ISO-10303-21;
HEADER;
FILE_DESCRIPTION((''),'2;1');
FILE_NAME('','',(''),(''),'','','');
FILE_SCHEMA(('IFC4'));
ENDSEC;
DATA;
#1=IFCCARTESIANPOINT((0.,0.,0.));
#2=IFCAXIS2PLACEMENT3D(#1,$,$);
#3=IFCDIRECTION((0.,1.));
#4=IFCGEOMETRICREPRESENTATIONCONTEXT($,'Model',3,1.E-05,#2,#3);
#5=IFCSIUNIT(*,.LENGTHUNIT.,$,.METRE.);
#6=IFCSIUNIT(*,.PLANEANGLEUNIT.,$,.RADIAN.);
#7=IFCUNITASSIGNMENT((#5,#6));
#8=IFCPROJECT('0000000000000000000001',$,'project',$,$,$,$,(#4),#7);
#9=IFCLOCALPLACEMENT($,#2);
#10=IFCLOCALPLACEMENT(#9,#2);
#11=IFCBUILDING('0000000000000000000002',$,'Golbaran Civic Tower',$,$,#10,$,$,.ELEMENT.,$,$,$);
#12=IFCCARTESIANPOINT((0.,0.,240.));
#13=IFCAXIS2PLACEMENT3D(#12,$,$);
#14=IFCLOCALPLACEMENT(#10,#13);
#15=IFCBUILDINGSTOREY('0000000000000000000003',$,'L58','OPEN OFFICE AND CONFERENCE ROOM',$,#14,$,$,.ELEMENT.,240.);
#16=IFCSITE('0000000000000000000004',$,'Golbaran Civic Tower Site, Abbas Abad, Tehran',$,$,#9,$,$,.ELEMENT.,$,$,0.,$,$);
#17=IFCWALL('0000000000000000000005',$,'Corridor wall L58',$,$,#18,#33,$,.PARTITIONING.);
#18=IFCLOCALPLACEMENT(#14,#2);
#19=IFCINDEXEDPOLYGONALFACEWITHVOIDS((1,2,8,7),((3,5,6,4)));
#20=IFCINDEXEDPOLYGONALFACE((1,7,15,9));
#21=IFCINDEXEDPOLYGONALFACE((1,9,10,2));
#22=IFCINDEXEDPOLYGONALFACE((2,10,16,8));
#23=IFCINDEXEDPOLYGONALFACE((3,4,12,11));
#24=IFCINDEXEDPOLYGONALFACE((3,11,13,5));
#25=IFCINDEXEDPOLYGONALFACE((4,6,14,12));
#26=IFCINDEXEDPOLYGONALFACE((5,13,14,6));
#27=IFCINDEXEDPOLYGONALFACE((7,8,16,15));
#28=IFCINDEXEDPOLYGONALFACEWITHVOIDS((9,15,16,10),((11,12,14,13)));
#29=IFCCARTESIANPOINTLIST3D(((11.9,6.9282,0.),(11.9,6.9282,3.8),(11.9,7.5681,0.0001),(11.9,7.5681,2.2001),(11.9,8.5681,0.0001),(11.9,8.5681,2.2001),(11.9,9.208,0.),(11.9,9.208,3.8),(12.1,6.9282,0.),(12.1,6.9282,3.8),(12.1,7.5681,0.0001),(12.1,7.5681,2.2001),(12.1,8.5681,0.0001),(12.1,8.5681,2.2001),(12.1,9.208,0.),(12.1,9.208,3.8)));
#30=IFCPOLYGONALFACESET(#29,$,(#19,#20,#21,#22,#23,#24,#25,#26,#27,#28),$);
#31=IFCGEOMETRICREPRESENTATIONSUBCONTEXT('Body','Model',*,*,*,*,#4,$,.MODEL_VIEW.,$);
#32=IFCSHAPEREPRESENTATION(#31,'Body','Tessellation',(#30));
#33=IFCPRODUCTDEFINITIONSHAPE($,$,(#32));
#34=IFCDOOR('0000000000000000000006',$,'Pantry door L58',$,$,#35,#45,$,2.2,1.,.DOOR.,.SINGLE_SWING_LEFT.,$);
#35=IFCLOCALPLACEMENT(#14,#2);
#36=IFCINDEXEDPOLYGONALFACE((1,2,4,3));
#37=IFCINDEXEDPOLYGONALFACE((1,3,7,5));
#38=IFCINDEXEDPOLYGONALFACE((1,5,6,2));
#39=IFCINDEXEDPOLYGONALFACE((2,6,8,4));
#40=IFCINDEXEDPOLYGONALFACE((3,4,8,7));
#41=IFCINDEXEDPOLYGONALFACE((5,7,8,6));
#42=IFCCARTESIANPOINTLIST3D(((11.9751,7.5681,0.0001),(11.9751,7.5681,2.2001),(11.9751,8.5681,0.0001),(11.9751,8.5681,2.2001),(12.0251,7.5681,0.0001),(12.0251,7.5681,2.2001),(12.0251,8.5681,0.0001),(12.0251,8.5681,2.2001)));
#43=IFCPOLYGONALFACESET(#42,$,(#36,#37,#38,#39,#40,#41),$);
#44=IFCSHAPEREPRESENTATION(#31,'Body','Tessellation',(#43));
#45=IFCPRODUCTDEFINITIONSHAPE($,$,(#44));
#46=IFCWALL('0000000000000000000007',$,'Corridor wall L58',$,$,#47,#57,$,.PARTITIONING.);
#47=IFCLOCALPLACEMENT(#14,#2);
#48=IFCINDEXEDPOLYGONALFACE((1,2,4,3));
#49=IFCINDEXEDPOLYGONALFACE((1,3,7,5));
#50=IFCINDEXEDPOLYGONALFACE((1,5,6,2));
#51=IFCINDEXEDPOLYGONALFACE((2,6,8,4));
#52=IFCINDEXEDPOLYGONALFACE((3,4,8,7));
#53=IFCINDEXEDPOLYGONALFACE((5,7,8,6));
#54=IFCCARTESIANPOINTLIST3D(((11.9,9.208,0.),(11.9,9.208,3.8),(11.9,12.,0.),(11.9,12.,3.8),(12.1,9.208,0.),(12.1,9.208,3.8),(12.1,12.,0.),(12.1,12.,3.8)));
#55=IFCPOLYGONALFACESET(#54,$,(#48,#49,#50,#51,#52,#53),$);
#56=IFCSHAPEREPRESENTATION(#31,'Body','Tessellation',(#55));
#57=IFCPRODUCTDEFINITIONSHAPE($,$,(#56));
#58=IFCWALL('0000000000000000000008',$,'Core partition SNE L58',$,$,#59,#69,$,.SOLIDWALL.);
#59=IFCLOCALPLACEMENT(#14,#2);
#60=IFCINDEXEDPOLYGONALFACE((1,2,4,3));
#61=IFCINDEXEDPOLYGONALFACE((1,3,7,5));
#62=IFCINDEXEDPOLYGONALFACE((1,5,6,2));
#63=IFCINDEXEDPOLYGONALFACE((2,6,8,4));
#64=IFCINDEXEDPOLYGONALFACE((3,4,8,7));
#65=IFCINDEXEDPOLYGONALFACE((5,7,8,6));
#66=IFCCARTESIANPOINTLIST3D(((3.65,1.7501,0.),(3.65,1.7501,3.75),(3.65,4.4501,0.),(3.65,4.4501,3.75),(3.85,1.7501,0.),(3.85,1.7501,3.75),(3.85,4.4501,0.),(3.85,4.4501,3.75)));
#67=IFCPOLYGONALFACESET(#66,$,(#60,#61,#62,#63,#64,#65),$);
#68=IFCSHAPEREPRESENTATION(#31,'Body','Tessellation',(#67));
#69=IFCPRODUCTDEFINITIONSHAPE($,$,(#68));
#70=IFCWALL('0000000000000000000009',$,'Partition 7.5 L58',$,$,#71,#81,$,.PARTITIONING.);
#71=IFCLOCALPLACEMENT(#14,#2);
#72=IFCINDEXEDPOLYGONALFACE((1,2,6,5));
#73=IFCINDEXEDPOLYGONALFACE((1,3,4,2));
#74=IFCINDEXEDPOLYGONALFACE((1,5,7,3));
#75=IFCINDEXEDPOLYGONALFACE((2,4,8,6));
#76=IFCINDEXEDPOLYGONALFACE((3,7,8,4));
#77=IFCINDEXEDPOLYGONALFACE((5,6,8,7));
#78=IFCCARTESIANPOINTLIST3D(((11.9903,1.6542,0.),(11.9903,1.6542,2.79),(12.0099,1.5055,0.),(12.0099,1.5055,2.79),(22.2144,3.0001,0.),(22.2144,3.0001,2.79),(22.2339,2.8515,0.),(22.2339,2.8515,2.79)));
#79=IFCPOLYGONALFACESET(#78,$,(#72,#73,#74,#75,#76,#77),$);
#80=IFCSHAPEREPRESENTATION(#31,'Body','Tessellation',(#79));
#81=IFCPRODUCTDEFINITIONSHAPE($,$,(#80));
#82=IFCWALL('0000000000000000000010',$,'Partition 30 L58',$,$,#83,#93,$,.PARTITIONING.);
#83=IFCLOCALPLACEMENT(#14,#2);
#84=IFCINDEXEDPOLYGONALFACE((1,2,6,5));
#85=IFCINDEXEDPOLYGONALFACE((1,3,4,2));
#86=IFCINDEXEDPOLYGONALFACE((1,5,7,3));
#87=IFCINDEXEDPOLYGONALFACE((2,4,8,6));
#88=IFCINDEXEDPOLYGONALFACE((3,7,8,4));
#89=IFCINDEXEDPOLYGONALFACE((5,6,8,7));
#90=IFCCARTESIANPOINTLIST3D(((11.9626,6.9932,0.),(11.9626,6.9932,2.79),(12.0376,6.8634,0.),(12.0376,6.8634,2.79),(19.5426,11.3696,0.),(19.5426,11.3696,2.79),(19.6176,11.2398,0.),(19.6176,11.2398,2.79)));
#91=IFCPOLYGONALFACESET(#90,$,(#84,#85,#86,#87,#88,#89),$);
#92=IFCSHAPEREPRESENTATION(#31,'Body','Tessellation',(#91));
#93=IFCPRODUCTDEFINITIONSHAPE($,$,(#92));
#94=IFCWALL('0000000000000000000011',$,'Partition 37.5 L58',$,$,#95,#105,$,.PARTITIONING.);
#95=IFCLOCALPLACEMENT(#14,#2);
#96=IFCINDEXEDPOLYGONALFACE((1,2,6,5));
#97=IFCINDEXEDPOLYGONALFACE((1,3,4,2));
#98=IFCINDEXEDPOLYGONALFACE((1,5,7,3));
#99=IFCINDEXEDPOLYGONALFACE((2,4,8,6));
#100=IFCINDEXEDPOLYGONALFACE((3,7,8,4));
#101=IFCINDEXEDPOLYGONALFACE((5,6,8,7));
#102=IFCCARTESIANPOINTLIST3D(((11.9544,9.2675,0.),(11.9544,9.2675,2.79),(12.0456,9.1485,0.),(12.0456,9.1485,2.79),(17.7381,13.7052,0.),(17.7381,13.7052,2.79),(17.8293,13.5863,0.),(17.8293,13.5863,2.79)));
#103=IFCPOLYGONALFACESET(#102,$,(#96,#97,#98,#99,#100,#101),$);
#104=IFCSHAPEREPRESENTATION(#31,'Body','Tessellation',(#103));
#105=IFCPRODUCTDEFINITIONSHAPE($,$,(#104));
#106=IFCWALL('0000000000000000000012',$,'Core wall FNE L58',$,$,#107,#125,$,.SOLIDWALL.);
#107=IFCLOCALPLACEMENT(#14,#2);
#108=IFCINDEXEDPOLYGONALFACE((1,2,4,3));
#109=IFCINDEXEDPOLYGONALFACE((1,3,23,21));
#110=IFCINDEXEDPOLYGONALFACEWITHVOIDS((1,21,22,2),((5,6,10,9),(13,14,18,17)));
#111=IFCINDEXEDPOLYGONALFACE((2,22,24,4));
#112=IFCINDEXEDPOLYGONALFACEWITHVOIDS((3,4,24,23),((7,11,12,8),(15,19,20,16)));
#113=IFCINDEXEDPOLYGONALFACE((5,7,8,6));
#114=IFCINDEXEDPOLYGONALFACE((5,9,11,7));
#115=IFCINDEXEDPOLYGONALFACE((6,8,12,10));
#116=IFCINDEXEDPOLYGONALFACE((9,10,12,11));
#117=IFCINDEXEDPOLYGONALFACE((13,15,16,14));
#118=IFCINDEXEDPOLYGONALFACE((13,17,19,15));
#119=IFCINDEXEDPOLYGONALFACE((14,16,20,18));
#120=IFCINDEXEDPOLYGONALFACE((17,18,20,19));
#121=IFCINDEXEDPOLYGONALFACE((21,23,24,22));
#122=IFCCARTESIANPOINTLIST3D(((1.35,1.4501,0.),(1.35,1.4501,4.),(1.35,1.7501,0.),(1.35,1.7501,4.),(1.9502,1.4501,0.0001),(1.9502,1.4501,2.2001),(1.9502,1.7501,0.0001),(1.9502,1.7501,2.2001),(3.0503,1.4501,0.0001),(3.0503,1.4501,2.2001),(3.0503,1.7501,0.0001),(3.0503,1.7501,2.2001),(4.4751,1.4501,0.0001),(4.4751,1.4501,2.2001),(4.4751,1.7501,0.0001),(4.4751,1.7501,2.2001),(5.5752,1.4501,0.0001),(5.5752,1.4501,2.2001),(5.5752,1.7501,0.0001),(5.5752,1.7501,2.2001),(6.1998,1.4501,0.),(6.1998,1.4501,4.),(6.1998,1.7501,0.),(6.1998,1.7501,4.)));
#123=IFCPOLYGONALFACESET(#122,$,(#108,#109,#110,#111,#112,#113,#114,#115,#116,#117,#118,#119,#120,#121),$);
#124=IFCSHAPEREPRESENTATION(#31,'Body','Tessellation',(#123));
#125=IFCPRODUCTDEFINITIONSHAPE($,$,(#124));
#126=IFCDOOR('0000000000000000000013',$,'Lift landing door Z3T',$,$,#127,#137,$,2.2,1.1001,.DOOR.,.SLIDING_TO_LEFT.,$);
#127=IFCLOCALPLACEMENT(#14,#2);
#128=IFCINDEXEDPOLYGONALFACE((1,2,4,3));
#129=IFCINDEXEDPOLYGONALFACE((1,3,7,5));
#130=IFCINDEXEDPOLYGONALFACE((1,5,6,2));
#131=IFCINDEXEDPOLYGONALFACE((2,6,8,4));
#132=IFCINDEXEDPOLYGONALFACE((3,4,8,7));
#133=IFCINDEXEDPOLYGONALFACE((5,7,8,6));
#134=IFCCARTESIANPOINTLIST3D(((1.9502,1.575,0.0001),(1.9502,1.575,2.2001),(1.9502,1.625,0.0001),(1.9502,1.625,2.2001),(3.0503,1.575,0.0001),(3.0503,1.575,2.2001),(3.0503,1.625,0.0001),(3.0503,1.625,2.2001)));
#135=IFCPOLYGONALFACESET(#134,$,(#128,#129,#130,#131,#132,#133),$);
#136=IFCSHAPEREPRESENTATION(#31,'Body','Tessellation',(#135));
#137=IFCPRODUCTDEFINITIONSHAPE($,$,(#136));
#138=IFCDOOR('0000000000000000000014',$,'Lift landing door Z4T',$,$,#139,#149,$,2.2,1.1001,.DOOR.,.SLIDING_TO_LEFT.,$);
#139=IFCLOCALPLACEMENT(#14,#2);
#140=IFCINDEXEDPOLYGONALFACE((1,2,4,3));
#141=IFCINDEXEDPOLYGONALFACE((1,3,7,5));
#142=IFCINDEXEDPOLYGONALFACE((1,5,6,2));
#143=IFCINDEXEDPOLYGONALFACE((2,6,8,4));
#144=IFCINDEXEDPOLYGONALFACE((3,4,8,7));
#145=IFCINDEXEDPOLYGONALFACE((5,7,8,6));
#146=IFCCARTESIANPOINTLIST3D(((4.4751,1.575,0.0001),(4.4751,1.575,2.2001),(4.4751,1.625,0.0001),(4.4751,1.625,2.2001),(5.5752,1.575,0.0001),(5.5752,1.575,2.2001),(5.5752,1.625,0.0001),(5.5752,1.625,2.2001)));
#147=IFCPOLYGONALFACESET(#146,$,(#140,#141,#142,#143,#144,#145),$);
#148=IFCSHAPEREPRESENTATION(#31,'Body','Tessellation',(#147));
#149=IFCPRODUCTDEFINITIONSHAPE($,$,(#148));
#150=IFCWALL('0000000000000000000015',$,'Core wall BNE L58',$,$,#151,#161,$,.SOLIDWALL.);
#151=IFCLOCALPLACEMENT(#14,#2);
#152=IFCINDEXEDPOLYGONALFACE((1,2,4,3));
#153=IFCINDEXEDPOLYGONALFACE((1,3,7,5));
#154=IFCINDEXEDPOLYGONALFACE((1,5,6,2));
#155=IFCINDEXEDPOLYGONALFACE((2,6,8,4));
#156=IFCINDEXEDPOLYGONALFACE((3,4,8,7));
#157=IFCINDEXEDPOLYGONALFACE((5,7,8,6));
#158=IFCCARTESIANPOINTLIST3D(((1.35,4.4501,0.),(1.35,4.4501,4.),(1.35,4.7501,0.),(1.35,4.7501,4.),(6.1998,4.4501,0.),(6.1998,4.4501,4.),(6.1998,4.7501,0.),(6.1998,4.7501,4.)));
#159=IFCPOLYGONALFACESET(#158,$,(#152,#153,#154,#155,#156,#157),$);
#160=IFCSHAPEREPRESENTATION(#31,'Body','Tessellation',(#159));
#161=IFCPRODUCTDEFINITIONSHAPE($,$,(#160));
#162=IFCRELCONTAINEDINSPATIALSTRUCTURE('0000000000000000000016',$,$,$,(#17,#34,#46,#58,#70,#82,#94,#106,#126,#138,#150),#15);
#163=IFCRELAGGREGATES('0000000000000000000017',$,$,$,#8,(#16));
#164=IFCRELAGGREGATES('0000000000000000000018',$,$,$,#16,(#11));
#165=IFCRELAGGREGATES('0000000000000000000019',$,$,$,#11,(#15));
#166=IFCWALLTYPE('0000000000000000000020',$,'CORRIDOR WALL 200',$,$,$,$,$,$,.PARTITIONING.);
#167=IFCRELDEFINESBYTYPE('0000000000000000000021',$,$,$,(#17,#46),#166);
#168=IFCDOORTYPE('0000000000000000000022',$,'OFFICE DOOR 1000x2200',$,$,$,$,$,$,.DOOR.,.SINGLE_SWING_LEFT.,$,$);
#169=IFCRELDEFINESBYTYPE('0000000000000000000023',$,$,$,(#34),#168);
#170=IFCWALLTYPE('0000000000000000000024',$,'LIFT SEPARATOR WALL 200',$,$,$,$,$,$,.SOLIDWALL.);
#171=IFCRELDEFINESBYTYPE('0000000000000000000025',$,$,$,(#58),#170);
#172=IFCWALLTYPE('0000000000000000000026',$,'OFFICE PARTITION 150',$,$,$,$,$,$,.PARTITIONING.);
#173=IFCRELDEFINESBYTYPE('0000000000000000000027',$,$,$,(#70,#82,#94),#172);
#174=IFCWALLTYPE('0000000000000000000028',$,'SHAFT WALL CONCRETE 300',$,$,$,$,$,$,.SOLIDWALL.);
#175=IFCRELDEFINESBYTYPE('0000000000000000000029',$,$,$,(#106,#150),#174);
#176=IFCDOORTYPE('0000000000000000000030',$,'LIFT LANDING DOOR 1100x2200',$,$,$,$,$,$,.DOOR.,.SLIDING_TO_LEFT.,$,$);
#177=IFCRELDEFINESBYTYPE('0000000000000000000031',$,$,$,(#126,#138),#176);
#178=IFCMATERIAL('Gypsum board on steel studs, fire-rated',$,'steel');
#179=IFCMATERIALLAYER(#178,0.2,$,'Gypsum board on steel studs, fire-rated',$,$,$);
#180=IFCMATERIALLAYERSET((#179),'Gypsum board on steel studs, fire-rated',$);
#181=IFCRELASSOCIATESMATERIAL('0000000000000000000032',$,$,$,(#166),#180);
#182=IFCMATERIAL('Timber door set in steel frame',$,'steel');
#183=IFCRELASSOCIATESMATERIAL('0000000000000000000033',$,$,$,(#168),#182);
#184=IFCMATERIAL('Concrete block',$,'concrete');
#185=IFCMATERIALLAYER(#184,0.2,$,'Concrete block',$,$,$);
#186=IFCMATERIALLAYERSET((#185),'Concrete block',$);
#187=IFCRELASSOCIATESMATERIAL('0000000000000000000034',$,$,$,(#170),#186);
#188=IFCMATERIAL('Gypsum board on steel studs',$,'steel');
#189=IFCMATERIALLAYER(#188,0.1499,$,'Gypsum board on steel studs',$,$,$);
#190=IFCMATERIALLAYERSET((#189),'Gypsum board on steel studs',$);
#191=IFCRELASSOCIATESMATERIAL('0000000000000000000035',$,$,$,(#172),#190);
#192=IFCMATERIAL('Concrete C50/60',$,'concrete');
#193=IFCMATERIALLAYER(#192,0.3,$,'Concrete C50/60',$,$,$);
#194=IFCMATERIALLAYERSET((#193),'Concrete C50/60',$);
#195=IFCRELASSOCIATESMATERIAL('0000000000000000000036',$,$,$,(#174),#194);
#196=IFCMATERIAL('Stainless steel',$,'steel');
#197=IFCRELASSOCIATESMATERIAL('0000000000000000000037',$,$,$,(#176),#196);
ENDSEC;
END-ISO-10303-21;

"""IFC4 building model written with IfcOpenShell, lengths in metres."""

from ifc_helpers import new_model, si_unit, direction, frame, frame_2d, origin, place, context, subcontext, project, spatial, rectangle, extrude, material, layer, layer_set, type_object, element, fill, save


model = new_model("IFC4")

# Units and contexts
model_context = context("Model", 3, precision=1e-05, world=origin(), true_north=direction((0.0, 1.0)))
body_context = subcontext(model_context, "Body", "Model", "MODEL_VIEW")
ifc_project = project(units=[si_unit("LENGTHUNIT", "METRE"), si_unit("PLANEANGLEUNIT", "RADIAN")], contexts=[model_context])

# Site, building, storey
site_placement = place(None, origin())
site = spatial("IfcSite", under=ifc_project, at=site_placement, Name="Golbaran Civic Tower Site, Abbas Abad, Tehran", CompositionType="ELEMENT", RefElevation=0.0)
building_placement = place(site_placement, origin())
building = spatial("IfcBuilding", under=site, at=building_placement, Name="Golbaran Civic Tower", CompositionType="ELEMENT")
storey_placement = place(building_placement, frame((0.0, 0.0, 240.0)))
storey = spatial("IfcBuildingStorey", under=building, at=storey_placement, Name="L58", Description="OPEN OFFICE AND CONFERENCE ROOM", CompositionType="ELEMENT", Elevation=240.0)

# Shared definitions
ifc_material_1 = material(Name="Concrete block", Category="concrete")
ifc_material_2 = material(Name="Timber door set in steel frame", Category="steel")

# Wall, opening, door
ifc_material_3 = material(Name="Concrete C50/60", Category="concrete")
ifc_material_4 = material(Name="Gypsum board on steel studs, fire-rated", Category="steel")
ifc_layer_1 = layer(ifc_material_4, 0.2, Name="Gypsum board on steel studs, fire-rated")
ifc_layer_set_1 = layer_set([ifc_layer_1], Name="Gypsum board on steel studs, fire-rated")
wall_type_1 = type_object("IfcWallType", Name="CORRIDOR WALL 200", PredefinedType="PARTITIONING", material=ifc_layer_set_1)
wall_1_placement = place(storey_placement, frame((12.0, 6.9282, 0.0), z_axis=(0.0, 0.0, 1.0), x_axis=(0.0, 1.0, 0.0)))
wall_1 = element("IfcWall", 1, at=wall_1_placement, inside=storey, type_object=wall_type_1, Name="Corridor wall L58", PredefinedType="PARTITIONING", context=body_context, shape_type="SweptSolid", body=[
    extrude(rectangle(XDim=2.2798, YDim=0.2, at=frame_2d((1.1399, 0.0))), origin(), (0.0, 0.0, 1.0), 3.8),
])
opening_1_placement = place(wall_1_placement, frame((0.6399, 0.0, 0.0)))
opening_1 = element("IfcOpeningElement", 2, at=opening_1_placement, cuts=wall_1, PredefinedType="OPENING", context=body_context, shape_type="SweptSolid", body=[
    extrude(rectangle(XDim=1.0, YDim=2.2, at=frame_2d((0.5, 1.1001))), frame((0.0, 0.1099, 0.0), z_axis=(0.0, -1.0, 0.0), x_axis=(1.0, 0.0, 0.0)), (0.0, 0.0, 1.0), 0.22),
])
door_type_1 = type_object("IfcDoorType", Name="OFFICE DOOR 1000x2200", OperationType="SINGLE_SWING_LEFT", PredefinedType="DOOR", material=ifc_material_2)
door_1_placement = place(opening_1_placement, origin())
door_1 = element("IfcDoor", 3, at=door_1_placement, inside=storey, type_object=door_type_1, Name="Pantry door L58", OperationType="SINGLE_SWING_LEFT", OverallHeight=2.2, OverallWidth=1.0, PredefinedType="DOOR", context=body_context, shape_type="SweptSolid", body=[
    extrude(rectangle(XDim=1.0, YDim=2.2, at=frame_2d((0.5, 1.1001))), frame((0.0, 0.0249, 0.0), z_axis=(0.0, -1.0, 0.0), x_axis=(1.0, 0.0, 0.0)), (0.0, 0.0, 1.0), 0.05),
])
fill(opening_1, door_1)

# Walls
wall_2_placement = place(storey_placement, frame((12.0, 9.208, 0.0), z_axis=(0.0, 0.0, 1.0), x_axis=(0.0, 1.0, 0.0)))
element("IfcWall", 4, at=wall_2_placement, inside=storey, type_object=wall_type_1, Name="Corridor wall L58", PredefinedType="PARTITIONING", context=body_context, shape_type="SweptSolid", body=[
    extrude(rectangle(XDim=2.792, YDim=0.2, at=frame_2d((1.396, 0.0))), origin(), (0.0, 0.0, 1.0), 3.8),
])
ifc_layer_2 = layer(ifc_material_1, 0.2, Name="Concrete block")
ifc_layer_set_2 = layer_set([ifc_layer_2], Name="Concrete block")
wall_type_2 = type_object("IfcWallType", Name="LIFT SEPARATOR WALL 200", PredefinedType="SOLIDWALL", material=ifc_layer_set_2)
wall_3_placement = place(storey_placement, frame((3.75, 1.75, 0.0), z_axis=(0.0, 0.0, 1.0), x_axis=(0.0, 1.0, 0.0)))
element("IfcWall", 5, at=wall_3_placement, inside=storey, type_object=wall_type_2, Name="Core partition SNE L58", PredefinedType="SOLIDWALL", context=body_context, shape_type="SweptSolid", body=[
    extrude(rectangle(XDim=2.7, YDim=0.2, at=frame_2d((1.3501, 0.0))), origin(), (0.0, 0.0, 1.0), 3.75),
])
ifc_material_5 = material(Name="Gypsum board on steel studs", Category="steel")
ifc_layer_3 = layer(ifc_material_5, 0.1499, Name="Gypsum board on steel studs")
ifc_layer_set_3 = layer_set([ifc_layer_3], Name="Gypsum board on steel studs")
wall_type_3 = type_object("IfcWallType", Name="OFFICE PARTITION 150", PredefinedType="PARTITIONING", material=ifc_layer_set_3)
wall_4_placement = place(storey_placement, frame((12.0, 1.5798, 0.0), z_axis=(0.0, 0.0, 1.0), x_axis=(0.991446, 0.130518, 0.0)))
element("IfcWall", 6, at=wall_4_placement, inside=storey, type_object=wall_type_3, Name="Partition 7.5 L58", PredefinedType="PARTITIONING", context=body_context, shape_type="SweptSolid", body=[
    extrude(rectangle(XDim=10.3123, YDim=0.1499, at=frame_2d((5.1562, 0.0))), origin(), (0.0, 0.0, 1.0), 2.79),
])
wall_5_placement = place(storey_placement, frame((12.0, 6.9282, 0.0), z_axis=(0.0, 0.0, 1.0), x_axis=(0.86602, 0.500009, 0.0)))
element("IfcWall", 7, at=wall_5_placement, inside=storey, type_object=wall_type_3, Name="Partition 30 L58", PredefinedType="PARTITIONING", context=body_context, shape_type="SweptSolid", body=[
    extrude(rectangle(XDim=8.7527, YDim=0.1499, at=frame_2d((4.3765, 0.0))), origin(), (0.0, 0.0, 1.0), 2.79),
])
wall_6_placement = place(storey_placement, frame((12.0, 9.208, 0.0), z_axis=(0.0, 0.0, 1.0), x_axis=(0.793369, 0.608741, 0.0)))
element("IfcWall", 8, at=wall_6_placement, inside=storey, type_object=wall_type_3, Name="Partition 37.5 L58", PredefinedType="PARTITIONING", context=body_context, shape_type="SweptSolid", body=[
    extrude(rectangle(XDim=7.29, YDim=0.1499, at=frame_2d((3.645, 0.0))), origin(), (0.0, 0.0, 1.0), 2.79),
])

# Wall, openings, doors
ifc_layer_4 = layer(ifc_material_3, 0.3, Name="Concrete C50/60")
ifc_layer_set_4 = layer_set([ifc_layer_4], Name="Concrete C50/60")
wall_type_4 = type_object("IfcWallType", Name="SHAFT WALL CONCRETE 300", PredefinedType="SOLIDWALL", material=ifc_layer_set_4)
wall_7_placement = place(storey_placement, frame((1.3501, 1.6001, 0.0), z_axis=(0.0, 0.0, 1.0), x_axis=(1.0, 0.0, 0.0)))
wall_7 = element("IfcWall", 9, at=wall_7_placement, inside=storey, type_object=wall_type_4, Name="Core wall FNE L58", PredefinedType="SOLIDWALL", context=body_context, shape_type="SweptSolid", body=[
    extrude(rectangle(XDim=4.8499, YDim=0.3, at=frame_2d((2.4248, 0.0))), origin(), (0.0, 0.0, 1.0), 4.0),
])
opening_2_placement = place(wall_7_placement, frame((0.6001, 0.0, 0.0)))
opening_2 = element("IfcOpeningElement", 10, at=opening_2_placement, cuts=wall_7, PredefinedType="OPENING", context=body_context, shape_type="SweptSolid", body=[
    extrude(rectangle(XDim=1.1001, YDim=2.2, at=frame_2d((0.55, 1.1001))), frame((0.0, 0.1599, 0.0), z_axis=(0.0, -1.0, 0.0), x_axis=(1.0, 0.0, 0.0)), (0.0, 0.0, 1.0), 0.3201),
])
opening_3_placement = place(wall_7_placement, frame((3.125, 0.0, 0.0)))
opening_3 = element("IfcOpeningElement", 11, at=opening_3_placement, cuts=wall_7, PredefinedType="OPENING", context=body_context, shape_type="SweptSolid", body=[
    extrude(rectangle(XDim=1.1001, YDim=2.2, at=frame_2d((0.55, 1.1001))), frame((0.0, 0.1599, 0.0), z_axis=(0.0, -1.0, 0.0), x_axis=(1.0, 0.0, 0.0)), (0.0, 0.0, 1.0), 0.3201),
])
ifc_material_6 = material(Name="Stainless steel", Category="steel")
door_type_2 = type_object("IfcDoorType", Name="LIFT LANDING DOOR 1100x2200", OperationType="SLIDING_TO_LEFT", PredefinedType="DOOR", material=ifc_material_6)
door_2_placement = place(opening_2_placement, origin())
door_2 = element("IfcDoor", 12, at=door_2_placement, inside=storey, type_object=door_type_2, Name="Lift landing door Z3T", OperationType="SLIDING_TO_LEFT", OverallHeight=2.2, OverallWidth=1.1001, PredefinedType="DOOR", context=body_context, shape_type="SweptSolid", body=[
    extrude(rectangle(XDim=1.1001, YDim=2.2, at=frame_2d((0.55, 1.1001))), frame((0.0, 0.0249, 0.0), z_axis=(0.0, -1.0, 0.0), x_axis=(1.0, 0.0, 0.0)), (0.0, 0.0, 1.0), 0.05),
])
fill(opening_2, door_2)
door_3_placement = place(opening_3_placement, origin())
door_3 = element("IfcDoor", 13, at=door_3_placement, inside=storey, type_object=door_type_2, Name="Lift landing door Z4T", OperationType="SLIDING_TO_LEFT", OverallHeight=2.2, OverallWidth=1.1001, PredefinedType="DOOR", context=body_context, shape_type="SweptSolid", body=[
    extrude(rectangle(XDim=1.1001, YDim=2.2, at=frame_2d((0.55, 1.1001))), frame((0.0, 0.0249, 0.0), z_axis=(0.0, -1.0, 0.0), x_axis=(1.0, 0.0, 0.0)), (0.0, 0.0, 1.0), 0.05),
])
fill(opening_3, door_3)

# Wall
wall_8_placement = place(storey_placement, frame((1.3501, 4.6001, 0.0), z_axis=(0.0, 0.0, 1.0), x_axis=(1.0, 0.0, 0.0)))
element("IfcWall", 14, at=wall_8_placement, inside=storey, type_object=wall_type_4, Name="Core wall BNE L58", PredefinedType="SOLIDWALL", context=body_context, shape_type="SweptSolid", body=[
    extrude(rectangle(XDim=4.8499, YDim=0.3, at=frame_2d((2.4248, 0.0))), origin(), (0.0, 0.0, 1.0), 4.0),
])

save(model, "model.ifc")
